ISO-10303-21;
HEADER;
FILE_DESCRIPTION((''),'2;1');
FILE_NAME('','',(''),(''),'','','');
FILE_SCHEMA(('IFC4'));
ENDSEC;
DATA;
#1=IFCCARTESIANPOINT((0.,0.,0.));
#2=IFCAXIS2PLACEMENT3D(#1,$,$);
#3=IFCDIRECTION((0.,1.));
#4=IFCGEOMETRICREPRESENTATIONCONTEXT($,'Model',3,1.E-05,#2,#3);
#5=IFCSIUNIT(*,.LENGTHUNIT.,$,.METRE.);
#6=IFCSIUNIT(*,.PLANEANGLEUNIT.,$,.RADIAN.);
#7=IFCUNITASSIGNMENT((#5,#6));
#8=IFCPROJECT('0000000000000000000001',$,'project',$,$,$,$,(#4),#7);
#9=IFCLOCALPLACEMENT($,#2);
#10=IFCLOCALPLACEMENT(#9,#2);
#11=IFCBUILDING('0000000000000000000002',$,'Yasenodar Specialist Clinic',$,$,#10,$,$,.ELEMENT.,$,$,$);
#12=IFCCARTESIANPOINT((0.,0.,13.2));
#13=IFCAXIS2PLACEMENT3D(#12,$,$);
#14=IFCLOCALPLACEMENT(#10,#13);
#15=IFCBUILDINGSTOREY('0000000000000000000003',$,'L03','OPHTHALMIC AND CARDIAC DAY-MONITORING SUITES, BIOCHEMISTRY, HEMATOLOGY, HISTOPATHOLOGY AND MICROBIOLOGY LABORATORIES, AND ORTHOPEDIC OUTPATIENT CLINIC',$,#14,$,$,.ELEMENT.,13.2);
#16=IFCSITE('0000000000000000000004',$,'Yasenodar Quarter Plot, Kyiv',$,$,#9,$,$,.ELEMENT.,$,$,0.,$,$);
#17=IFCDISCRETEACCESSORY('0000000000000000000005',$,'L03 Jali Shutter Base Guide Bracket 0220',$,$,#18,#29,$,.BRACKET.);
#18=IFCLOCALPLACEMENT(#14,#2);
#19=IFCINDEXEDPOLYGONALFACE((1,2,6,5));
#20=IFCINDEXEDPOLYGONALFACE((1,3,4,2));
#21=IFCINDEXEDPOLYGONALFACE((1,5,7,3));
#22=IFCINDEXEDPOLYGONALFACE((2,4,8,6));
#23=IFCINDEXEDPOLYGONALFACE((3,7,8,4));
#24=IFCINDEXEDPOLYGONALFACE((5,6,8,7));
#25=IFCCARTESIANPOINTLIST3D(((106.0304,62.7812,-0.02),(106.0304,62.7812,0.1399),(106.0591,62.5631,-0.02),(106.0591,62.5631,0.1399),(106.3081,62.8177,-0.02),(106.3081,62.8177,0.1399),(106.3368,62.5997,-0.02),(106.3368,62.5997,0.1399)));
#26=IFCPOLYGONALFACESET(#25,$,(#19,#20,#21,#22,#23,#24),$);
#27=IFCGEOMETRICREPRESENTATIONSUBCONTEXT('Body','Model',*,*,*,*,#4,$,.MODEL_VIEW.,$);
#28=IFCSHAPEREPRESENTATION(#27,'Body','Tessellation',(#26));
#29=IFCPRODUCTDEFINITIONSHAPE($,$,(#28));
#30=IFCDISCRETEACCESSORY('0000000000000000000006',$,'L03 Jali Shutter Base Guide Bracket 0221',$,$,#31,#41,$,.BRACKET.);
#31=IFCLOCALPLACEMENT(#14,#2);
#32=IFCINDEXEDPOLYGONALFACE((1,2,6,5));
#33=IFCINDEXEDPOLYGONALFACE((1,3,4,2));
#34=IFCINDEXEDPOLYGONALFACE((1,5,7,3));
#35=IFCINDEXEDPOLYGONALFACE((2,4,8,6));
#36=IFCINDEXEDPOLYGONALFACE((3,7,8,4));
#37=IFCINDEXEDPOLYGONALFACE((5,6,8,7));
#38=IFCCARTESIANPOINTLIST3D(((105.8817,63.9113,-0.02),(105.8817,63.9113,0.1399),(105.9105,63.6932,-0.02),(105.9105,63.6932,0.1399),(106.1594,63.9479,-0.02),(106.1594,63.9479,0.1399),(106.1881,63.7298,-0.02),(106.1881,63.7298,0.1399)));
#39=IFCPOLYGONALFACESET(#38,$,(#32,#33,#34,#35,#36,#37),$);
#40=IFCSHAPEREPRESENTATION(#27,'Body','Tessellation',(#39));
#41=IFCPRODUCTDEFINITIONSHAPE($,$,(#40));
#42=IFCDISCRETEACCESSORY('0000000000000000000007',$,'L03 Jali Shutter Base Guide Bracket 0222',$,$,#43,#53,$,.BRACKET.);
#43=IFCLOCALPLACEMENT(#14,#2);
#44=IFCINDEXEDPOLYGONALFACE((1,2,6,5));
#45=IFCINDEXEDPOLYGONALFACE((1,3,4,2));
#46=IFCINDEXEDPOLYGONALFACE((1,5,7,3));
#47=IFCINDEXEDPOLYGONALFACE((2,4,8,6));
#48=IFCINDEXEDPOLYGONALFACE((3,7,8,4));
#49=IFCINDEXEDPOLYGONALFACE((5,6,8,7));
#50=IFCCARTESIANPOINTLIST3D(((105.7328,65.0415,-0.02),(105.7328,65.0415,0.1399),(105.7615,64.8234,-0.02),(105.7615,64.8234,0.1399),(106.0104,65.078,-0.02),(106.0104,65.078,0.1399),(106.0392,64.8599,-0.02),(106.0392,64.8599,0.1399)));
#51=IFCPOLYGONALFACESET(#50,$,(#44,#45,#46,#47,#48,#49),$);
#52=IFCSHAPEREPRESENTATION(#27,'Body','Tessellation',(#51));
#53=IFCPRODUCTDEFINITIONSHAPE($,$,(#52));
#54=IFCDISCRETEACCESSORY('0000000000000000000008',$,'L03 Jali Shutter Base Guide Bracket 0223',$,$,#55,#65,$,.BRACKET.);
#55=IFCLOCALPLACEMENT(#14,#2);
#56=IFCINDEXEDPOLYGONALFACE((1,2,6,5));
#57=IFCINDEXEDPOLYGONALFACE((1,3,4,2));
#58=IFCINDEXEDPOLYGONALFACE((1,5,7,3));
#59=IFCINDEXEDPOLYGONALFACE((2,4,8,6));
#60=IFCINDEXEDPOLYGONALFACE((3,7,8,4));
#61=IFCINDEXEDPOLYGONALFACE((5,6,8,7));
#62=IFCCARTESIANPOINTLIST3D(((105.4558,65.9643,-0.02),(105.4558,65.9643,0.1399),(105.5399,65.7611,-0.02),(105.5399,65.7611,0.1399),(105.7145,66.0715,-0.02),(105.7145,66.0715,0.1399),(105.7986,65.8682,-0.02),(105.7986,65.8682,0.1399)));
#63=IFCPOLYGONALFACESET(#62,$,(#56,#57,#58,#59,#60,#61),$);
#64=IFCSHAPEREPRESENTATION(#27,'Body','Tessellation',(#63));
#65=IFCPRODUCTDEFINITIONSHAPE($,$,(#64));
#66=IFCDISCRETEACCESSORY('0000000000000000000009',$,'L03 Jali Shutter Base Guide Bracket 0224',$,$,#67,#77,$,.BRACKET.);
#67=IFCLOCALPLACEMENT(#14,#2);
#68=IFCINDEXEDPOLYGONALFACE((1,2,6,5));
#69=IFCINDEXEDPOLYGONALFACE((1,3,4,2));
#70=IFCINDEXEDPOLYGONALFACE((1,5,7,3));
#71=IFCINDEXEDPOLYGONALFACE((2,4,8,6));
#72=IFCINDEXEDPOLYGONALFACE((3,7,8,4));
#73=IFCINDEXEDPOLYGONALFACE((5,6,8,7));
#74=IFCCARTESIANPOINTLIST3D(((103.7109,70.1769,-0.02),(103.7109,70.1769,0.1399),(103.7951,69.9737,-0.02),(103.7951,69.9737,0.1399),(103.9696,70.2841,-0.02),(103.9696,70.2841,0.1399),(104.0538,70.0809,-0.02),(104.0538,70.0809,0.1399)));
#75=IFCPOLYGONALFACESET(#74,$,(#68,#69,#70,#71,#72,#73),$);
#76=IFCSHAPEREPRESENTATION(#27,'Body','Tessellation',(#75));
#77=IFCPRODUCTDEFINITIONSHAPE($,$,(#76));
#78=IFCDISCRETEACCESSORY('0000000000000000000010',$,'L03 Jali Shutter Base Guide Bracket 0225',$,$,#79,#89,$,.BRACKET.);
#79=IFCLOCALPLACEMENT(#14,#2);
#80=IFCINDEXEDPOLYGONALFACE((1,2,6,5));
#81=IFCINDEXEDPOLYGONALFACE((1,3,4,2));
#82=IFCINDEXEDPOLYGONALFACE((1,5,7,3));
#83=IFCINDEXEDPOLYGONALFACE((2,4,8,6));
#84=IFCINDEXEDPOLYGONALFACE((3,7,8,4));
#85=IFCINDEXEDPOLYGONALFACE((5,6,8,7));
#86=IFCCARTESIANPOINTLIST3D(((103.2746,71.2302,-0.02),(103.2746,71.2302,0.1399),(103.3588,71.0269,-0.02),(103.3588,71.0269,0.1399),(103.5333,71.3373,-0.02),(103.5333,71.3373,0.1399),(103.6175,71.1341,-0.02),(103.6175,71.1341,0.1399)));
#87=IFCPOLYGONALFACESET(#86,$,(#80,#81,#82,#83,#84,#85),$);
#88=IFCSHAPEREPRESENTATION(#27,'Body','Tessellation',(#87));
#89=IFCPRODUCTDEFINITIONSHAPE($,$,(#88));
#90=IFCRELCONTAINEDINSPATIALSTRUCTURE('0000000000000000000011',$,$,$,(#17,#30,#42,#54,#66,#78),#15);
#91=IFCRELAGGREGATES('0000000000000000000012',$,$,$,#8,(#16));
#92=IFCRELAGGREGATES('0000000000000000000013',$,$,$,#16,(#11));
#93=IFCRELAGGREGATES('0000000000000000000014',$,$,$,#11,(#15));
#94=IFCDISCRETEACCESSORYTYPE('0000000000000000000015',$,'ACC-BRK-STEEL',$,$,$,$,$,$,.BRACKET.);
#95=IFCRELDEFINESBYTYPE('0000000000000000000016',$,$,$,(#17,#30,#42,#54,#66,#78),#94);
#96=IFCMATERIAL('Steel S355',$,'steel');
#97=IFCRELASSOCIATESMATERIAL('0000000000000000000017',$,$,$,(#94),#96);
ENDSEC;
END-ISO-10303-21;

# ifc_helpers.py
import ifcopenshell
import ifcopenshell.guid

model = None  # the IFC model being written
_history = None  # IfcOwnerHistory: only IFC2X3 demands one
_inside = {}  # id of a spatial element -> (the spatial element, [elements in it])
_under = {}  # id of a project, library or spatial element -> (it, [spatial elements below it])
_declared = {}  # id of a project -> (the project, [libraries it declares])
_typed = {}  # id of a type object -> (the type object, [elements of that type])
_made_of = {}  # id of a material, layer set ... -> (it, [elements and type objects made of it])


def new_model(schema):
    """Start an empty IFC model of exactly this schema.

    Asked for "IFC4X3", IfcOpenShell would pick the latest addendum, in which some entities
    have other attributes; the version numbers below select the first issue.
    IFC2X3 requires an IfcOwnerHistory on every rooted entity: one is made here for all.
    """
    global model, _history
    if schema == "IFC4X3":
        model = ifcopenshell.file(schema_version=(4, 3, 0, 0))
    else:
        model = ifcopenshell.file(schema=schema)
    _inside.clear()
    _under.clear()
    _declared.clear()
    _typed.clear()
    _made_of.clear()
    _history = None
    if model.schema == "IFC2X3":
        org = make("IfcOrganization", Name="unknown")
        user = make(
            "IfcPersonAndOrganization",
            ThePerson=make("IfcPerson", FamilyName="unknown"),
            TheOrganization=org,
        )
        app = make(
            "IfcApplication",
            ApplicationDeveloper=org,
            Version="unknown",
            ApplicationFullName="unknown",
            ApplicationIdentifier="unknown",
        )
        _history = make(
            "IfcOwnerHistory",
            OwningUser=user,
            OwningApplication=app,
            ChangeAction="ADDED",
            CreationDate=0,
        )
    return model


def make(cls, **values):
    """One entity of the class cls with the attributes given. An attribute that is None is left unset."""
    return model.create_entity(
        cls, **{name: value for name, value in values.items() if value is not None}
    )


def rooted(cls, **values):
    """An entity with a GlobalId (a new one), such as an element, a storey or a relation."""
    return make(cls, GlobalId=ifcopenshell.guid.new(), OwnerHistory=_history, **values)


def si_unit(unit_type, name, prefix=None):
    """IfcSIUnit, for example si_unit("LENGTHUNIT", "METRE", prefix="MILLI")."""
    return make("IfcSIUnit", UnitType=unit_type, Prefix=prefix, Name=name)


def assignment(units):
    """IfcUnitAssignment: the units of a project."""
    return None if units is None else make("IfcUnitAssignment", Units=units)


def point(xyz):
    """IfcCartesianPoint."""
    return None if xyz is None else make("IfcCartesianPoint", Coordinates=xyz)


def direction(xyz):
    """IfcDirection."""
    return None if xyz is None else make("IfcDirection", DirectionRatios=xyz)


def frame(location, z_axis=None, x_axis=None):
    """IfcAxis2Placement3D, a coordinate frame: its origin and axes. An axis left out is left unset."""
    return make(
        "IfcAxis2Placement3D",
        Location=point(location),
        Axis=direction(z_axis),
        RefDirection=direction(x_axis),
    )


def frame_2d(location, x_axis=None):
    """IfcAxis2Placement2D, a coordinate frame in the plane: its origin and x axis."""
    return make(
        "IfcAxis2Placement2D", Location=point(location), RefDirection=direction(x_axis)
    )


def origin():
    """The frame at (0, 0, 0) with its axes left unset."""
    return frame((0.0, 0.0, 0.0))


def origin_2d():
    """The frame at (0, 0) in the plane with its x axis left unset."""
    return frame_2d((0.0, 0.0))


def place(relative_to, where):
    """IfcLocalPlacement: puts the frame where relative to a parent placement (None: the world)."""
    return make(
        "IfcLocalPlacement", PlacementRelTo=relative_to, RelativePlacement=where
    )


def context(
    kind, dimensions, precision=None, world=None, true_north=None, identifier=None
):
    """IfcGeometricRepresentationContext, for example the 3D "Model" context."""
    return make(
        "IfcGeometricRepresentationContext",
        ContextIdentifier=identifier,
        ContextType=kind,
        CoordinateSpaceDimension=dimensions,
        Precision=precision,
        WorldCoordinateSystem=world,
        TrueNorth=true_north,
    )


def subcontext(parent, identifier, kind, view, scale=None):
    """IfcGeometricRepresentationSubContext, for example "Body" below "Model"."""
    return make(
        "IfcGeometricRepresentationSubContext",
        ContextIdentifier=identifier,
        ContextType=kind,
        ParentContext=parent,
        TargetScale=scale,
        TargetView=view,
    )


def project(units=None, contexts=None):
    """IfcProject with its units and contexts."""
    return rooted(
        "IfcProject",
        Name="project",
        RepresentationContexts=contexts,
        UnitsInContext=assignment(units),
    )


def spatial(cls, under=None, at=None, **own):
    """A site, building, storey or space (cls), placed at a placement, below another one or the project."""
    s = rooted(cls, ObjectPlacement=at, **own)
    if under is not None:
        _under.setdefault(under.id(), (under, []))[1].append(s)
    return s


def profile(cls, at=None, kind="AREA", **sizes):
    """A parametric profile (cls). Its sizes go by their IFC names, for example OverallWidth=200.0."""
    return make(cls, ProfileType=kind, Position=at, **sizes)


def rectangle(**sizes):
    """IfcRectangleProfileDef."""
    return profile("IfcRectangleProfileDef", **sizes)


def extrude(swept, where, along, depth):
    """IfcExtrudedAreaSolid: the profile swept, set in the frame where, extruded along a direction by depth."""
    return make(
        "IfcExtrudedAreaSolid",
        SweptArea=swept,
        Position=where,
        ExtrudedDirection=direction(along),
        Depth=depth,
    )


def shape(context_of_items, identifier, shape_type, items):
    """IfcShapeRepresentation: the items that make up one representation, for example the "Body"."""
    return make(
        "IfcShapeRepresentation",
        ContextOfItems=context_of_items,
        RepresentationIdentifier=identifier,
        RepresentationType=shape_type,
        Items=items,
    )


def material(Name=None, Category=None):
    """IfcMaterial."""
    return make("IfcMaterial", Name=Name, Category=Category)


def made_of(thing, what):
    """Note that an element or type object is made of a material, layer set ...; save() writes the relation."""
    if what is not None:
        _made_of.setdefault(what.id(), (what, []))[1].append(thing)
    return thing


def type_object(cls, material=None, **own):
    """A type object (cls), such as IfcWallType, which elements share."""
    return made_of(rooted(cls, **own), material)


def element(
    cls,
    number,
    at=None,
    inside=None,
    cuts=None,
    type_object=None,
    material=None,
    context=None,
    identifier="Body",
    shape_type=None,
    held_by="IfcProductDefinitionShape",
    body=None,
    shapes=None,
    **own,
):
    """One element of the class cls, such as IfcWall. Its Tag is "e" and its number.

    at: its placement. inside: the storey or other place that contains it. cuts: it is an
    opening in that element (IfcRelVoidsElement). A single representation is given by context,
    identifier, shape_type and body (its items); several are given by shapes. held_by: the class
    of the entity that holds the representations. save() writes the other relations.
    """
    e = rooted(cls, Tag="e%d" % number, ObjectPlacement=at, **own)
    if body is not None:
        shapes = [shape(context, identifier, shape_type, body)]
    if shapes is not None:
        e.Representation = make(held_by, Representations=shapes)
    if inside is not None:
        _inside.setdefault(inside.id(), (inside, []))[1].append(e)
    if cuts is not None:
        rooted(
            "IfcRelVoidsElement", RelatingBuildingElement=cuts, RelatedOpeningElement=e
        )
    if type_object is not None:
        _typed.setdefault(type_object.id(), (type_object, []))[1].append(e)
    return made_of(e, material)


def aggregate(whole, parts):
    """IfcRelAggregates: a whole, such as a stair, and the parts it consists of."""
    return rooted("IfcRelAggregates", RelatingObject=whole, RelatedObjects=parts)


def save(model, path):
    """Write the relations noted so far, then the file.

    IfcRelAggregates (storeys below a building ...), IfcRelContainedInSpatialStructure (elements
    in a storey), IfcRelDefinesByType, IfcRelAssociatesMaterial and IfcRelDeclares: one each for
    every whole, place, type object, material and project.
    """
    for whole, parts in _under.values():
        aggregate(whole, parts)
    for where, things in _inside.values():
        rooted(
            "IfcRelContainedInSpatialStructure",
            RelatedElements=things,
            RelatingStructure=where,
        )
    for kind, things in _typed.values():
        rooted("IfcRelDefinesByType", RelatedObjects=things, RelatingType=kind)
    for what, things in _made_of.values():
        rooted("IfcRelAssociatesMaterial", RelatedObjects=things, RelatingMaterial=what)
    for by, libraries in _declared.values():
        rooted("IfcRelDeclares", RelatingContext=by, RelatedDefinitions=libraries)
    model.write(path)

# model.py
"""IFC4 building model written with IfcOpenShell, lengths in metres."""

from ifc_helpers import new_model, si_unit, direction, frame, origin, origin_2d, place, context, subcontext, project, spatial, rectangle, extrude, material, type_object, element, save


model = new_model("IFC4")

# Units and contexts
model_context = context("Model", 3, precision=1e-05, world=origin(), true_north=direction((0.0, 1.0)))
body_context = subcontext(model_context, "Body", "Model", "MODEL_VIEW")
ifc_project = project(units=[si_unit("LENGTHUNIT", "METRE"), si_unit("PLANEANGLEUNIT", "RADIAN")], contexts=[model_context])

# Site, building, storey
site_placement = place(None, origin())
site = spatial("IfcSite", under=ifc_project, at=site_placement, Name="Yasenodar Quarter Plot, Kyiv", CompositionType="ELEMENT", RefElevation=0.0)
building_placement = place(site_placement, origin())
building = spatial("IfcBuilding", under=site, at=building_placement, Name="Yasenodar Specialist Clinic", CompositionType="ELEMENT")
storey_placement = place(building_placement, frame((0.0, 0.0, 13.2)))
storey = spatial("IfcBuildingStorey", under=building, at=storey_placement, Name="L03", Description="OPHTHALMIC AND CARDIAC DAY-MONITORING SUITES, BIOCHEMISTRY, HEMATOLOGY, HISTOPATHOLOGY AND MICROBIOLOGY LABORATORIES, AND ORTHOPEDIC OUTPATIENT CLINIC", CompositionType="ELEMENT", Elevation=13.2)

# Shared definitions
ifc_material_1 = material(Name="Steel S355", Category="steel")

# Discrete accessories
discrete_accessory_type = type_object("IfcDiscreteAccessoryType", Name="ACC-BRK-STEEL", PredefinedType="BRACKET", material=ifc_material_1)
for number, where, z_axis, x_axis, name in (
    (1, (106.1836, 62.6904, -0.02), (0.0, 0.0, 1.0), (-0.130519, 0.991446, 0.0), "L03 Jali Shutter Base Guide Bracket 0220"),
    (2, (106.0349, 63.8206, -0.02), (0.0, 0.0, 1.0), (-0.130519, 0.991446, 0.0), "L03 Jali Shutter Base Guide Bracket 0221"),
    (3, (105.886, 64.9507, -0.02), (0.0, 0.0, 1.0), (-0.130519, 0.991446, 0.0), "L03 Jali Shutter Base Guide Bracket 0222"),
    (4, (105.6272, 65.9163, -0.02), (0.0, 0.0, 1.0), (-0.382687, 0.923878, 0.0), "L03 Jali Shutter Base Guide Bracket 0223"),
    (5, (103.8823, 70.1289, -0.02), (0.0, 0.0, 1.0), (-0.382687, 0.923878, 0.0), "L03 Jali Shutter Base Guide Bracket 0224"),
    (6, (103.446, 71.1821, -0.02), (0.0, 0.0, 1.0), (-0.382687, 0.923878, 0.0), "L03 Jali Shutter Base Guide Bracket 0225"),
):
    element("IfcDiscreteAccessory", number, at=place(storey_placement, frame(where, z_axis=z_axis, x_axis=x_axis)), inside=storey, type_object=discrete_accessory_type, Name=name, PredefinedType="BRACKET", context=body_context, shape_type="SweptSolid", body=[
        extrude(rectangle(XDim=0.22, YDim=0.28, at=origin_2d()), origin(), (0.0, 0.0, 1.0), 0.1599),
    ])

save(model, "model.ifc")
